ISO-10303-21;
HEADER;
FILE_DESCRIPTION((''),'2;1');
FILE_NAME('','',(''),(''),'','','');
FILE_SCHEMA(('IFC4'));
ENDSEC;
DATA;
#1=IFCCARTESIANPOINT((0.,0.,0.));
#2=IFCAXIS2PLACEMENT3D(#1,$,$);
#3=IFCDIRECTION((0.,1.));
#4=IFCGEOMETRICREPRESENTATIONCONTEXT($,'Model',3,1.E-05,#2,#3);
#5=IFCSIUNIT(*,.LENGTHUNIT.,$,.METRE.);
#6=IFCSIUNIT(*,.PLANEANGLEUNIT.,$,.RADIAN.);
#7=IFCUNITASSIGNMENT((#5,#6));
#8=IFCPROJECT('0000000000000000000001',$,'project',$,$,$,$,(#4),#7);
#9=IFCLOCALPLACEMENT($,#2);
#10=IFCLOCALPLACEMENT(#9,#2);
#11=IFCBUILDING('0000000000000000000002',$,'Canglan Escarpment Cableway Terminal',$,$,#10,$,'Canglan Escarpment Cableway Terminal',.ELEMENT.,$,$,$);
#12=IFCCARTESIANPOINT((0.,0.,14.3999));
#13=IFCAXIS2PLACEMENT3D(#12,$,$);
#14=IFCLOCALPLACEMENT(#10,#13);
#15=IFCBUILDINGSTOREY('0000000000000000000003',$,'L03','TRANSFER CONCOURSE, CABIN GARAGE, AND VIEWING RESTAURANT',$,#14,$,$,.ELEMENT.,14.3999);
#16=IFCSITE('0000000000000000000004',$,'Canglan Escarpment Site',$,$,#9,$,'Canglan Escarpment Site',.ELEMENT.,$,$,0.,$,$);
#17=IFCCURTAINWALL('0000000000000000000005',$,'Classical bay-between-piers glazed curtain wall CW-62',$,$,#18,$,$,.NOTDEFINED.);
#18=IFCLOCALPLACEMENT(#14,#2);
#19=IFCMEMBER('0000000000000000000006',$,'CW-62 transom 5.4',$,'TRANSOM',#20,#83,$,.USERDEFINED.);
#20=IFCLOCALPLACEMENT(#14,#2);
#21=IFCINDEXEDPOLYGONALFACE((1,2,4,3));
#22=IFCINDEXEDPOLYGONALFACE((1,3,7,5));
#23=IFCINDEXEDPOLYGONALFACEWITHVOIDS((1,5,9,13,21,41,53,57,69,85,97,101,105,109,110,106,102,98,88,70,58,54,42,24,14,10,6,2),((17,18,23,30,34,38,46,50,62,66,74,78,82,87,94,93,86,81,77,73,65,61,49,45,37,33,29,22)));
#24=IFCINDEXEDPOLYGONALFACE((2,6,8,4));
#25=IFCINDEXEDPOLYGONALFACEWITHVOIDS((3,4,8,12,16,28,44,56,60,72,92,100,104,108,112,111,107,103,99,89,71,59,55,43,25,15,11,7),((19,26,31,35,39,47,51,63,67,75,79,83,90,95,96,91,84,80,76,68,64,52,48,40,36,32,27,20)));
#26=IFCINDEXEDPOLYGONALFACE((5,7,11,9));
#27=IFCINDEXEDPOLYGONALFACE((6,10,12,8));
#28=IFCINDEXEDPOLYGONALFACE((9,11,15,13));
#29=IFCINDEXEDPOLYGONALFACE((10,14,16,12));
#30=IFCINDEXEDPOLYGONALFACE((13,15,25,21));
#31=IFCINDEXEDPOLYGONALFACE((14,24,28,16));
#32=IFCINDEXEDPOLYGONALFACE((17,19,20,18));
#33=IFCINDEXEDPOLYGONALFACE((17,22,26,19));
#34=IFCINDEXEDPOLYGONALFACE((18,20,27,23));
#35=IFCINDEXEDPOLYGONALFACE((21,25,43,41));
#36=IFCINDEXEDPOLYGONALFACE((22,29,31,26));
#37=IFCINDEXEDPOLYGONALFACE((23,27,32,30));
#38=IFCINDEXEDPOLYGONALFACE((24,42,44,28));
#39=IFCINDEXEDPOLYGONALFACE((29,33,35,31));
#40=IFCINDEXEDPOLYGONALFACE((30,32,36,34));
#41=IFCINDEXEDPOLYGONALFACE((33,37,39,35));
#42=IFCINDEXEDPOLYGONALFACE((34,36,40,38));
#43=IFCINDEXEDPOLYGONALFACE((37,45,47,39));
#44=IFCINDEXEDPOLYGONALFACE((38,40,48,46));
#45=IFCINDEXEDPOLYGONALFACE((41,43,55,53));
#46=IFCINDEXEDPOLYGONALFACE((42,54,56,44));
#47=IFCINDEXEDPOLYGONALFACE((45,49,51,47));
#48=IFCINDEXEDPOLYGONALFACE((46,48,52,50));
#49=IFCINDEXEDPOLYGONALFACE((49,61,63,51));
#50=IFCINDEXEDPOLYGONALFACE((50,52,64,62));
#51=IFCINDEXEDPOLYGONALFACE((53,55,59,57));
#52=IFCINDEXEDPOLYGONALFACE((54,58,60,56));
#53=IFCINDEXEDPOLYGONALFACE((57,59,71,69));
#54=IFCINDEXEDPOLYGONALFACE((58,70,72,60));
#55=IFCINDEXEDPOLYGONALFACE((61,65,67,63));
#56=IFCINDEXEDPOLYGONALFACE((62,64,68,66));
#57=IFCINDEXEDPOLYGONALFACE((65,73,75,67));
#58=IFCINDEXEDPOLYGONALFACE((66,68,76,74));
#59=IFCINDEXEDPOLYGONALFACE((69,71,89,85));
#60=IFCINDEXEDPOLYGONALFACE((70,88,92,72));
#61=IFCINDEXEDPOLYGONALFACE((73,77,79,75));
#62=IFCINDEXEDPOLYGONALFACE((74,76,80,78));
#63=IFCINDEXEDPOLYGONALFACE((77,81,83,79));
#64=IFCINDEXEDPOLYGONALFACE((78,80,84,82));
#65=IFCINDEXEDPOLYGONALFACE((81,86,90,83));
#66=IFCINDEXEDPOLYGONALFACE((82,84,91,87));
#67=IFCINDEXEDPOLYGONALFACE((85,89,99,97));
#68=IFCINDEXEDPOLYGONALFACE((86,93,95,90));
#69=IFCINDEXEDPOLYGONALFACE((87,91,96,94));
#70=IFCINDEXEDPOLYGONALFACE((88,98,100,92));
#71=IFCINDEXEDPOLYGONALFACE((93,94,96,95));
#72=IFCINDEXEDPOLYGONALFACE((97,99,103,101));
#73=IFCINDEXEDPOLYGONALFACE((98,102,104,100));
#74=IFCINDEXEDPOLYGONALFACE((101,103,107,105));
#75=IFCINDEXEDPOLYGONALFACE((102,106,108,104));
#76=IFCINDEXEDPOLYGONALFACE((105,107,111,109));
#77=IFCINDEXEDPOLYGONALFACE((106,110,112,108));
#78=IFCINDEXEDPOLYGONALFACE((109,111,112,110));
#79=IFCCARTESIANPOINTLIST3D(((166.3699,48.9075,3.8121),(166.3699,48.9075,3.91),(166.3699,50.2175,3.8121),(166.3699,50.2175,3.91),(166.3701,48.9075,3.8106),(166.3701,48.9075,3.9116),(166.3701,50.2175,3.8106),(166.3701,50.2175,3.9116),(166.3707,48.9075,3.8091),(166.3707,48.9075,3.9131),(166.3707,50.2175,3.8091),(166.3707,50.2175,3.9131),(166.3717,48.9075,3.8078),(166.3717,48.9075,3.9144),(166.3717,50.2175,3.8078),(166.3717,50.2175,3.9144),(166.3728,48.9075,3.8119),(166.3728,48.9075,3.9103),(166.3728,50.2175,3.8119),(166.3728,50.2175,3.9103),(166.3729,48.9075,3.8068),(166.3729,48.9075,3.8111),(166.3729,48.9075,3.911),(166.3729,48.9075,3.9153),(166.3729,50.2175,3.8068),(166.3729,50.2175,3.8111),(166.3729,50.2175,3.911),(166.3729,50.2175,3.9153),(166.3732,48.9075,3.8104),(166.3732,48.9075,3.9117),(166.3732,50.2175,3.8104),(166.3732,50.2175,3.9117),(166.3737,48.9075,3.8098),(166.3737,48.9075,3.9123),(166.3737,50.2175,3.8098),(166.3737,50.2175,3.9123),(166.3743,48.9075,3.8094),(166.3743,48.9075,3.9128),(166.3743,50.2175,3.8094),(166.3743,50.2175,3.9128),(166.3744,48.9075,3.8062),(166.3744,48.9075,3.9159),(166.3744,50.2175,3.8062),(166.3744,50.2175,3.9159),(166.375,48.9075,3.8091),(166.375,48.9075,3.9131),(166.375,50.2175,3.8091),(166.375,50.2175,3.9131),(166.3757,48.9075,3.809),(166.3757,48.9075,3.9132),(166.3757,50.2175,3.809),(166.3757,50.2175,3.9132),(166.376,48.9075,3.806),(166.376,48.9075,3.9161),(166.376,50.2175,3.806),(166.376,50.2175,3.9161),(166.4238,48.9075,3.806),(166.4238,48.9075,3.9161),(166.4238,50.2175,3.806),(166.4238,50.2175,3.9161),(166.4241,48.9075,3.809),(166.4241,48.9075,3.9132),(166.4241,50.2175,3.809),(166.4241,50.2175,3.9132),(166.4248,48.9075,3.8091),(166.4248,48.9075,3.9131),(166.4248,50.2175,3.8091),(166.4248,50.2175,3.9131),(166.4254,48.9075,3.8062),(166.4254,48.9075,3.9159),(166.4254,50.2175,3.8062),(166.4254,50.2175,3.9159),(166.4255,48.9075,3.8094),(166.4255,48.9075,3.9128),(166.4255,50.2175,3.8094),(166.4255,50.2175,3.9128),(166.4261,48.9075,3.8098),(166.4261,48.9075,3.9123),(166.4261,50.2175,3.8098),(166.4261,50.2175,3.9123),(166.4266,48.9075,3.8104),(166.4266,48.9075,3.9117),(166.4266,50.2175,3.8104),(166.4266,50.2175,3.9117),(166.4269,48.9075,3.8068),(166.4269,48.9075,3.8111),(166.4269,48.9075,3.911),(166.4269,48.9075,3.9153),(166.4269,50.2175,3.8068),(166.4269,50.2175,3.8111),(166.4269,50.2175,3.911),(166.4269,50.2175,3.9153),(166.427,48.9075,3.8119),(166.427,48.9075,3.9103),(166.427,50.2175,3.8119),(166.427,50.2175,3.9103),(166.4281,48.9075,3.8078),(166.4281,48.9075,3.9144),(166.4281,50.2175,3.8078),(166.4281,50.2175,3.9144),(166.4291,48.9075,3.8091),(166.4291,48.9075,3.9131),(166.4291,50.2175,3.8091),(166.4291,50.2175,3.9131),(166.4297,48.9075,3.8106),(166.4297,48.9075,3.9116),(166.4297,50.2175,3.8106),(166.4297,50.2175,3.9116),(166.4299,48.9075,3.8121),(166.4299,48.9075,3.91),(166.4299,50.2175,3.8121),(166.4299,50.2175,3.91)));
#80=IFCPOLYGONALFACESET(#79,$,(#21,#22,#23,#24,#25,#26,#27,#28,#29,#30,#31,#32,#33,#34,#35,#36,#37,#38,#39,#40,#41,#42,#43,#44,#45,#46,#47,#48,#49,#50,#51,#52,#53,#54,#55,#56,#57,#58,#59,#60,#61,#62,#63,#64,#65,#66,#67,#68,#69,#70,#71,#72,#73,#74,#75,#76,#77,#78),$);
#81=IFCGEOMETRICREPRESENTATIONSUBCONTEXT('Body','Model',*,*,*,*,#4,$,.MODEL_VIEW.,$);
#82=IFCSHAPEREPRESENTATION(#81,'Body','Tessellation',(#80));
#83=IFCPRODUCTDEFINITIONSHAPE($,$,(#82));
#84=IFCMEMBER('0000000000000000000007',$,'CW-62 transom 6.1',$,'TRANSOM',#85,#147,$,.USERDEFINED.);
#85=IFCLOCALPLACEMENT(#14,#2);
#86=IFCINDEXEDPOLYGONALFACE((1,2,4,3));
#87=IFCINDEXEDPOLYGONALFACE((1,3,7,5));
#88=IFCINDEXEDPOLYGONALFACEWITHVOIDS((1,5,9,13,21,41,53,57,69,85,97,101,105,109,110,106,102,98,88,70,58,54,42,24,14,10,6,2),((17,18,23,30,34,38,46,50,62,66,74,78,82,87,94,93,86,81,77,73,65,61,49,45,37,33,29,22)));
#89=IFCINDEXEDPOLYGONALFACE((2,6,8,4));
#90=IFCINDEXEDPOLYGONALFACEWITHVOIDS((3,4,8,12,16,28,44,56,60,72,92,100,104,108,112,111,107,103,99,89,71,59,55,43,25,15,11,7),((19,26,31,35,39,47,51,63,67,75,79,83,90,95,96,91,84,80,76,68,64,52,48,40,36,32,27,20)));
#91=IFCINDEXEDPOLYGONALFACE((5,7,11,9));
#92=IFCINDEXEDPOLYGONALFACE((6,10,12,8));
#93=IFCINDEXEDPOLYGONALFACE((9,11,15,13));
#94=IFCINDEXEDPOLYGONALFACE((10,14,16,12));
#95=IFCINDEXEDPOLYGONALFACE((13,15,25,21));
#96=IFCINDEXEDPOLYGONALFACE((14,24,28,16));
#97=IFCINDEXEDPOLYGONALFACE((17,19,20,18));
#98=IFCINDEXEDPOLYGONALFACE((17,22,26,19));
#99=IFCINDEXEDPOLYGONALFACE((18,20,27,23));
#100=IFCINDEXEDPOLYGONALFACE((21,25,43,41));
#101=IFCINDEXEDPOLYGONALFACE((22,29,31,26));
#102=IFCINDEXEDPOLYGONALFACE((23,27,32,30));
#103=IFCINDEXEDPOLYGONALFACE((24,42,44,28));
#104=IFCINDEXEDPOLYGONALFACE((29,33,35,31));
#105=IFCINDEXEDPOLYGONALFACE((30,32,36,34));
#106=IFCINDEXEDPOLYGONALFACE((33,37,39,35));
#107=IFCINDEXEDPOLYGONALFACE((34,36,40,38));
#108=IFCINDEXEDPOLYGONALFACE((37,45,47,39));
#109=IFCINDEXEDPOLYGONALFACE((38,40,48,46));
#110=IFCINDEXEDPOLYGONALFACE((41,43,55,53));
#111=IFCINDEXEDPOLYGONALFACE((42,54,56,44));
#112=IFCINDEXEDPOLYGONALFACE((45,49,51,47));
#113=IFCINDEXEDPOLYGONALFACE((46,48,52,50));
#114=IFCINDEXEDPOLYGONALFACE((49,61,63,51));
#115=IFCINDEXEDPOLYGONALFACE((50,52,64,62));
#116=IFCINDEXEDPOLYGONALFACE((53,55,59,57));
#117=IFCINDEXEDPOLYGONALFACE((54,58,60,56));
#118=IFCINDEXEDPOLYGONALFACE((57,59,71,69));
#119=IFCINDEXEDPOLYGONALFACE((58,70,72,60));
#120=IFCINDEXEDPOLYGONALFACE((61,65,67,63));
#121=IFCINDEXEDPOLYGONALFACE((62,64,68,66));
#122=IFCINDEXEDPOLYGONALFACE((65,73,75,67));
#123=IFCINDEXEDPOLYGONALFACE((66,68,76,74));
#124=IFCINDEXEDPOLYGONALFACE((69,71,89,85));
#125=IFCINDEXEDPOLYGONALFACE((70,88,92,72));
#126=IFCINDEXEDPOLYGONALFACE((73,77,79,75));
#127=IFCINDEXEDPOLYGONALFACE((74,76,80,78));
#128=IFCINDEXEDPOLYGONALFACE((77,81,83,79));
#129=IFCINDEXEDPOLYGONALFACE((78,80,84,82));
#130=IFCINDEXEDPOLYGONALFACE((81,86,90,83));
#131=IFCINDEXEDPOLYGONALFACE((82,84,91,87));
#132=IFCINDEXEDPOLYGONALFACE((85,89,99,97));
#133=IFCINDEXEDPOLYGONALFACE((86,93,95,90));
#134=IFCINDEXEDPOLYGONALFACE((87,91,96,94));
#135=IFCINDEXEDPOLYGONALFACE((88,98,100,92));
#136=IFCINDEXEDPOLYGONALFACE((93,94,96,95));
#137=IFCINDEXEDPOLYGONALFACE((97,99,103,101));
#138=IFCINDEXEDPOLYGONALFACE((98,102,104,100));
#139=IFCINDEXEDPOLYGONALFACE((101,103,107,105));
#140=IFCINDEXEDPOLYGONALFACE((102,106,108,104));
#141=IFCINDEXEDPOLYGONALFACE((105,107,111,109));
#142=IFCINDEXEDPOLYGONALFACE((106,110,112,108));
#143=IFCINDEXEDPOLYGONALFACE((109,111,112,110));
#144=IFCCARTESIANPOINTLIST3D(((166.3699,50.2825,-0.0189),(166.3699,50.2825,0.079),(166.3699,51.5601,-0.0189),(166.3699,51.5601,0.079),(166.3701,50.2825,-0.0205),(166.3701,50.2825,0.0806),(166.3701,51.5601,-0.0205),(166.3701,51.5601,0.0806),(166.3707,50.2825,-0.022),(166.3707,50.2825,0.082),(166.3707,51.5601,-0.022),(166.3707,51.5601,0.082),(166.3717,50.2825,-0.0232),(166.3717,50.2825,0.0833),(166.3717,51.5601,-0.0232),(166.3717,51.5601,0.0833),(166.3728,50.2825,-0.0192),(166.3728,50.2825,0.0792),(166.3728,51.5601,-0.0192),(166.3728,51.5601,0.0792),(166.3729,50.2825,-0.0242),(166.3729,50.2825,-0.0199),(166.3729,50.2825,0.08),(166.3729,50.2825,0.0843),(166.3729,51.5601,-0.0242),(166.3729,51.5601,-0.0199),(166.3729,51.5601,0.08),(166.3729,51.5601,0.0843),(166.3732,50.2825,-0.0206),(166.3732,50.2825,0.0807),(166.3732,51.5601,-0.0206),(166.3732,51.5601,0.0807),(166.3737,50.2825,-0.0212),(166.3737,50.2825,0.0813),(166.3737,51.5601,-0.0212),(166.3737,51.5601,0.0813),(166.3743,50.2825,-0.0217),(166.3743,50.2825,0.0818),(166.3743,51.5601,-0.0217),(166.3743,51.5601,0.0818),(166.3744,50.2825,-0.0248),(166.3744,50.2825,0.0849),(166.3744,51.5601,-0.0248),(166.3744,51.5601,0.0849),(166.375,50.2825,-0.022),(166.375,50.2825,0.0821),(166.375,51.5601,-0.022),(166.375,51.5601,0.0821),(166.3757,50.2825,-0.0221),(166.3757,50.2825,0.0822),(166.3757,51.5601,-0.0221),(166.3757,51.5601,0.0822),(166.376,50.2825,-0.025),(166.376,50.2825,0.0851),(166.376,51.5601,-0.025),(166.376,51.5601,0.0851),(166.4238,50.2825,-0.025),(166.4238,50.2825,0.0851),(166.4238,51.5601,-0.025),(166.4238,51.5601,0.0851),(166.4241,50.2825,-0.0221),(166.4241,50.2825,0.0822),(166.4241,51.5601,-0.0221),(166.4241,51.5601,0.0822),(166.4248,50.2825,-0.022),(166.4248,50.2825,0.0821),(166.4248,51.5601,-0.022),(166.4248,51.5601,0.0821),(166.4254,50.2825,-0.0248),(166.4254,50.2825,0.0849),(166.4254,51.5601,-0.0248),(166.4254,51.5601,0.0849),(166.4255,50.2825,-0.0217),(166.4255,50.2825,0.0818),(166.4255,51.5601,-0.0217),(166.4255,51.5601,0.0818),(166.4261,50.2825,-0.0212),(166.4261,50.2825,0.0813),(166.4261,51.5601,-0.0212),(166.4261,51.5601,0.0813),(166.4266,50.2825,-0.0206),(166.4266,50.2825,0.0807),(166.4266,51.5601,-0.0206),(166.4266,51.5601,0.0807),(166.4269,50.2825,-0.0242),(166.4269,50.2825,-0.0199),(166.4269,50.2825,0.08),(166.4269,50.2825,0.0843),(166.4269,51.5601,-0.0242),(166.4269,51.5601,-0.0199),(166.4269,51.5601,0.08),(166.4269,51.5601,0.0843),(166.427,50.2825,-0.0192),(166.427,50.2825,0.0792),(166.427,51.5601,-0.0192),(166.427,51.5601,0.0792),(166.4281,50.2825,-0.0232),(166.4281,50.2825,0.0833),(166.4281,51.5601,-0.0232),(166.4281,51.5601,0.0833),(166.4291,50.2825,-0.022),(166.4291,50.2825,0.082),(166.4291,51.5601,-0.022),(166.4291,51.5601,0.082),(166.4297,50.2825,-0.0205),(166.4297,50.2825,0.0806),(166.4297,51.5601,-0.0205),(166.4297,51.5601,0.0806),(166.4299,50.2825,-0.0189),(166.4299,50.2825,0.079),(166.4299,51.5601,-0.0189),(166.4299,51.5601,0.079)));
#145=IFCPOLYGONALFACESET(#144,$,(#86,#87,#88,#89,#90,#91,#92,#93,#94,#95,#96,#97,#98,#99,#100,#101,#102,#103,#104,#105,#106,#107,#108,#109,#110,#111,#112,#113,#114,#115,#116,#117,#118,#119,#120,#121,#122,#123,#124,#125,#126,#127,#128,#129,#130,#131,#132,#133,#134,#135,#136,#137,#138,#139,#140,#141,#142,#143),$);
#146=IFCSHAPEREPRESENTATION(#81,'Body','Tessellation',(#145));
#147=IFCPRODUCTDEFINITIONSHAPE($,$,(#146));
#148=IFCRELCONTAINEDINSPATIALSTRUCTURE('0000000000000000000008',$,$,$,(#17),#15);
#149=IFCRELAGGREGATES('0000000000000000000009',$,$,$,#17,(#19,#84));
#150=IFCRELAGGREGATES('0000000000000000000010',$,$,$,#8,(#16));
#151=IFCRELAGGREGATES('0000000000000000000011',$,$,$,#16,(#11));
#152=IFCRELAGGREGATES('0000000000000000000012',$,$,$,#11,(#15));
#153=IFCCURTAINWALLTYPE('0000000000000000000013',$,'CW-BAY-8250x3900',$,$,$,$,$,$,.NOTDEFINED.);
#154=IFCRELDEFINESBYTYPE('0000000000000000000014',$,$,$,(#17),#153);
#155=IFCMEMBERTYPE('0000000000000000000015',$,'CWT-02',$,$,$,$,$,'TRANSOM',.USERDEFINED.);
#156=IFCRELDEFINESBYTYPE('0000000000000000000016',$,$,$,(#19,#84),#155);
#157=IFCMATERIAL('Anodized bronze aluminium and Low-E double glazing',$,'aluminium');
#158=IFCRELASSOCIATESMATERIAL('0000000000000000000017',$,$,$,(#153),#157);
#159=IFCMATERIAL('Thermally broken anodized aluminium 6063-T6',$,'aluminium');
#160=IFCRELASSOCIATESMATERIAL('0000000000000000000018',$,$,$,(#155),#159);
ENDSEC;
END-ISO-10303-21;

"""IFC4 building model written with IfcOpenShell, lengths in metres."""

from ifc_helpers import new_model, si_unit, direction, frame, origin, origin_2d, place, context, subcontext, project, spatial, hollow_rectangle, extrude, material, material_profile, profile_set, type_object, element, aggregate, save


model = new_model("IFC4")

# Units and contexts
model_context = context("Model", 3, precision=1e-05, world=origin(), true_north=direction((0.0, 1.0)))
body_context = subcontext(model_context, "Body", "Model", "MODEL_VIEW")
ifc_project = project(units=[si_unit("LENGTHUNIT", "METRE"), si_unit("PLANEANGLEUNIT", "RADIAN")], contexts=[model_context])

# Site, building, storey
site_placement = place(None, origin())
site = spatial("IfcSite", under=ifc_project, at=site_placement, Name="Canglan Escarpment Site", LongName="Canglan Escarpment Site", CompositionType="ELEMENT", RefElevation=0.0)
building_placement = place(site_placement, origin())
building = spatial("IfcBuilding", under=site, at=building_placement, Name="Canglan Escarpment Cableway Terminal", LongName="Canglan Escarpment Cableway Terminal", CompositionType="ELEMENT")
storey_placement = place(building_placement, frame((0.0, 0.0, 14.3999)))
storey = spatial("IfcBuildingStorey", under=building, at=storey_placement, Name="L03", Description="TRANSFER CONCOURSE, CABIN GARAGE, AND VIEWING RESTAURANT", CompositionType="ELEMENT", Elevation=14.3999)

# Curtain wall, members
ifc_material_1 = material(Name="Anodized bronze aluminium and Low-E double glazing", Category="aluminium")
curtain_wall_type = type_object("IfcCurtainWallType", Name="CW-BAY-8250x3900", PredefinedType="NOTDEFINED", material=ifc_material_1)
curtain_wall_placement = place(storey_placement, origin())
curtain_wall = element("IfcCurtainWall", 1, at=curtain_wall_placement, inside=storey, type_object=curtain_wall_type, Name="Classical bay-between-piers glazed curtain wall CW-62", PredefinedType="NOTDEFINED")
ifc_material_2 = material(Name="Thermally broken anodized aluminium 6063-T6", Category="aluminium")
ifc_material_profile_1 = material_profile(ifc_material_2, hollow_rectangle(XDim=0.0601, YDim=0.1101, WallThickness=0.0029, InnerFilletRadius=0.0029, OuterFilletRadius=0.0061, at=origin_2d()), Name="ALU-TRAN 60x110x3")
ifc_profile_set_1 = profile_set([ifc_material_profile_1], Name="Thermally broken anodized aluminium 6063-T6")
member_type_1 = type_object("IfcMemberType", Name="CWT-02", ElementType="TRANSOM", PredefinedType="USERDEFINED", material=ifc_profile_set_1)
member_1_placement = place(storey_placement, frame((166.3999, 48.9075, 3.8611), z_axis=(0.0, 1.0, 0.0), x_axis=(-1.0, 0.0, 0.0)))
member_1 = element("IfcMember", 2, at=member_1_placement, type_object=member_type_1, Name="CW-62 transom 5.4", ObjectType="TRANSOM", PredefinedType="USERDEFINED", context=body_context, shape_type="SweptSolid", body=[
    extrude(hollow_rectangle(XDim=0.0601, YDim=0.1101, WallThickness=0.0029, InnerFilletRadius=0.0029, OuterFilletRadius=0.0061, at=origin_2d()), origin(), (0.0, 0.0, 1.0), 1.3101),
])
member_2_placement = place(storey_placement, frame((166.3999, 50.2825, 0.03), z_axis=(0.0, 1.0, 0.0), x_axis=(-1.0, 0.0, 0.0)))
member_2 = element("IfcMember", 3, at=member_2_placement, type_object=member_type_1, Name="CW-62 transom 6.1", ObjectType="TRANSOM", PredefinedType="USERDEFINED", context=body_context, shape_type="SweptSolid", body=[
    extrude(hollow_rectangle(XDim=0.0601, YDim=0.1101, WallThickness=0.0029, InnerFilletRadius=0.0029, OuterFilletRadius=0.0061, at=origin_2d()), origin(), (0.0, 0.0, 1.0), 1.2776),
])

aggregate(curtain_wall, [member_1, member_2])

save(model, "model.ifc")
